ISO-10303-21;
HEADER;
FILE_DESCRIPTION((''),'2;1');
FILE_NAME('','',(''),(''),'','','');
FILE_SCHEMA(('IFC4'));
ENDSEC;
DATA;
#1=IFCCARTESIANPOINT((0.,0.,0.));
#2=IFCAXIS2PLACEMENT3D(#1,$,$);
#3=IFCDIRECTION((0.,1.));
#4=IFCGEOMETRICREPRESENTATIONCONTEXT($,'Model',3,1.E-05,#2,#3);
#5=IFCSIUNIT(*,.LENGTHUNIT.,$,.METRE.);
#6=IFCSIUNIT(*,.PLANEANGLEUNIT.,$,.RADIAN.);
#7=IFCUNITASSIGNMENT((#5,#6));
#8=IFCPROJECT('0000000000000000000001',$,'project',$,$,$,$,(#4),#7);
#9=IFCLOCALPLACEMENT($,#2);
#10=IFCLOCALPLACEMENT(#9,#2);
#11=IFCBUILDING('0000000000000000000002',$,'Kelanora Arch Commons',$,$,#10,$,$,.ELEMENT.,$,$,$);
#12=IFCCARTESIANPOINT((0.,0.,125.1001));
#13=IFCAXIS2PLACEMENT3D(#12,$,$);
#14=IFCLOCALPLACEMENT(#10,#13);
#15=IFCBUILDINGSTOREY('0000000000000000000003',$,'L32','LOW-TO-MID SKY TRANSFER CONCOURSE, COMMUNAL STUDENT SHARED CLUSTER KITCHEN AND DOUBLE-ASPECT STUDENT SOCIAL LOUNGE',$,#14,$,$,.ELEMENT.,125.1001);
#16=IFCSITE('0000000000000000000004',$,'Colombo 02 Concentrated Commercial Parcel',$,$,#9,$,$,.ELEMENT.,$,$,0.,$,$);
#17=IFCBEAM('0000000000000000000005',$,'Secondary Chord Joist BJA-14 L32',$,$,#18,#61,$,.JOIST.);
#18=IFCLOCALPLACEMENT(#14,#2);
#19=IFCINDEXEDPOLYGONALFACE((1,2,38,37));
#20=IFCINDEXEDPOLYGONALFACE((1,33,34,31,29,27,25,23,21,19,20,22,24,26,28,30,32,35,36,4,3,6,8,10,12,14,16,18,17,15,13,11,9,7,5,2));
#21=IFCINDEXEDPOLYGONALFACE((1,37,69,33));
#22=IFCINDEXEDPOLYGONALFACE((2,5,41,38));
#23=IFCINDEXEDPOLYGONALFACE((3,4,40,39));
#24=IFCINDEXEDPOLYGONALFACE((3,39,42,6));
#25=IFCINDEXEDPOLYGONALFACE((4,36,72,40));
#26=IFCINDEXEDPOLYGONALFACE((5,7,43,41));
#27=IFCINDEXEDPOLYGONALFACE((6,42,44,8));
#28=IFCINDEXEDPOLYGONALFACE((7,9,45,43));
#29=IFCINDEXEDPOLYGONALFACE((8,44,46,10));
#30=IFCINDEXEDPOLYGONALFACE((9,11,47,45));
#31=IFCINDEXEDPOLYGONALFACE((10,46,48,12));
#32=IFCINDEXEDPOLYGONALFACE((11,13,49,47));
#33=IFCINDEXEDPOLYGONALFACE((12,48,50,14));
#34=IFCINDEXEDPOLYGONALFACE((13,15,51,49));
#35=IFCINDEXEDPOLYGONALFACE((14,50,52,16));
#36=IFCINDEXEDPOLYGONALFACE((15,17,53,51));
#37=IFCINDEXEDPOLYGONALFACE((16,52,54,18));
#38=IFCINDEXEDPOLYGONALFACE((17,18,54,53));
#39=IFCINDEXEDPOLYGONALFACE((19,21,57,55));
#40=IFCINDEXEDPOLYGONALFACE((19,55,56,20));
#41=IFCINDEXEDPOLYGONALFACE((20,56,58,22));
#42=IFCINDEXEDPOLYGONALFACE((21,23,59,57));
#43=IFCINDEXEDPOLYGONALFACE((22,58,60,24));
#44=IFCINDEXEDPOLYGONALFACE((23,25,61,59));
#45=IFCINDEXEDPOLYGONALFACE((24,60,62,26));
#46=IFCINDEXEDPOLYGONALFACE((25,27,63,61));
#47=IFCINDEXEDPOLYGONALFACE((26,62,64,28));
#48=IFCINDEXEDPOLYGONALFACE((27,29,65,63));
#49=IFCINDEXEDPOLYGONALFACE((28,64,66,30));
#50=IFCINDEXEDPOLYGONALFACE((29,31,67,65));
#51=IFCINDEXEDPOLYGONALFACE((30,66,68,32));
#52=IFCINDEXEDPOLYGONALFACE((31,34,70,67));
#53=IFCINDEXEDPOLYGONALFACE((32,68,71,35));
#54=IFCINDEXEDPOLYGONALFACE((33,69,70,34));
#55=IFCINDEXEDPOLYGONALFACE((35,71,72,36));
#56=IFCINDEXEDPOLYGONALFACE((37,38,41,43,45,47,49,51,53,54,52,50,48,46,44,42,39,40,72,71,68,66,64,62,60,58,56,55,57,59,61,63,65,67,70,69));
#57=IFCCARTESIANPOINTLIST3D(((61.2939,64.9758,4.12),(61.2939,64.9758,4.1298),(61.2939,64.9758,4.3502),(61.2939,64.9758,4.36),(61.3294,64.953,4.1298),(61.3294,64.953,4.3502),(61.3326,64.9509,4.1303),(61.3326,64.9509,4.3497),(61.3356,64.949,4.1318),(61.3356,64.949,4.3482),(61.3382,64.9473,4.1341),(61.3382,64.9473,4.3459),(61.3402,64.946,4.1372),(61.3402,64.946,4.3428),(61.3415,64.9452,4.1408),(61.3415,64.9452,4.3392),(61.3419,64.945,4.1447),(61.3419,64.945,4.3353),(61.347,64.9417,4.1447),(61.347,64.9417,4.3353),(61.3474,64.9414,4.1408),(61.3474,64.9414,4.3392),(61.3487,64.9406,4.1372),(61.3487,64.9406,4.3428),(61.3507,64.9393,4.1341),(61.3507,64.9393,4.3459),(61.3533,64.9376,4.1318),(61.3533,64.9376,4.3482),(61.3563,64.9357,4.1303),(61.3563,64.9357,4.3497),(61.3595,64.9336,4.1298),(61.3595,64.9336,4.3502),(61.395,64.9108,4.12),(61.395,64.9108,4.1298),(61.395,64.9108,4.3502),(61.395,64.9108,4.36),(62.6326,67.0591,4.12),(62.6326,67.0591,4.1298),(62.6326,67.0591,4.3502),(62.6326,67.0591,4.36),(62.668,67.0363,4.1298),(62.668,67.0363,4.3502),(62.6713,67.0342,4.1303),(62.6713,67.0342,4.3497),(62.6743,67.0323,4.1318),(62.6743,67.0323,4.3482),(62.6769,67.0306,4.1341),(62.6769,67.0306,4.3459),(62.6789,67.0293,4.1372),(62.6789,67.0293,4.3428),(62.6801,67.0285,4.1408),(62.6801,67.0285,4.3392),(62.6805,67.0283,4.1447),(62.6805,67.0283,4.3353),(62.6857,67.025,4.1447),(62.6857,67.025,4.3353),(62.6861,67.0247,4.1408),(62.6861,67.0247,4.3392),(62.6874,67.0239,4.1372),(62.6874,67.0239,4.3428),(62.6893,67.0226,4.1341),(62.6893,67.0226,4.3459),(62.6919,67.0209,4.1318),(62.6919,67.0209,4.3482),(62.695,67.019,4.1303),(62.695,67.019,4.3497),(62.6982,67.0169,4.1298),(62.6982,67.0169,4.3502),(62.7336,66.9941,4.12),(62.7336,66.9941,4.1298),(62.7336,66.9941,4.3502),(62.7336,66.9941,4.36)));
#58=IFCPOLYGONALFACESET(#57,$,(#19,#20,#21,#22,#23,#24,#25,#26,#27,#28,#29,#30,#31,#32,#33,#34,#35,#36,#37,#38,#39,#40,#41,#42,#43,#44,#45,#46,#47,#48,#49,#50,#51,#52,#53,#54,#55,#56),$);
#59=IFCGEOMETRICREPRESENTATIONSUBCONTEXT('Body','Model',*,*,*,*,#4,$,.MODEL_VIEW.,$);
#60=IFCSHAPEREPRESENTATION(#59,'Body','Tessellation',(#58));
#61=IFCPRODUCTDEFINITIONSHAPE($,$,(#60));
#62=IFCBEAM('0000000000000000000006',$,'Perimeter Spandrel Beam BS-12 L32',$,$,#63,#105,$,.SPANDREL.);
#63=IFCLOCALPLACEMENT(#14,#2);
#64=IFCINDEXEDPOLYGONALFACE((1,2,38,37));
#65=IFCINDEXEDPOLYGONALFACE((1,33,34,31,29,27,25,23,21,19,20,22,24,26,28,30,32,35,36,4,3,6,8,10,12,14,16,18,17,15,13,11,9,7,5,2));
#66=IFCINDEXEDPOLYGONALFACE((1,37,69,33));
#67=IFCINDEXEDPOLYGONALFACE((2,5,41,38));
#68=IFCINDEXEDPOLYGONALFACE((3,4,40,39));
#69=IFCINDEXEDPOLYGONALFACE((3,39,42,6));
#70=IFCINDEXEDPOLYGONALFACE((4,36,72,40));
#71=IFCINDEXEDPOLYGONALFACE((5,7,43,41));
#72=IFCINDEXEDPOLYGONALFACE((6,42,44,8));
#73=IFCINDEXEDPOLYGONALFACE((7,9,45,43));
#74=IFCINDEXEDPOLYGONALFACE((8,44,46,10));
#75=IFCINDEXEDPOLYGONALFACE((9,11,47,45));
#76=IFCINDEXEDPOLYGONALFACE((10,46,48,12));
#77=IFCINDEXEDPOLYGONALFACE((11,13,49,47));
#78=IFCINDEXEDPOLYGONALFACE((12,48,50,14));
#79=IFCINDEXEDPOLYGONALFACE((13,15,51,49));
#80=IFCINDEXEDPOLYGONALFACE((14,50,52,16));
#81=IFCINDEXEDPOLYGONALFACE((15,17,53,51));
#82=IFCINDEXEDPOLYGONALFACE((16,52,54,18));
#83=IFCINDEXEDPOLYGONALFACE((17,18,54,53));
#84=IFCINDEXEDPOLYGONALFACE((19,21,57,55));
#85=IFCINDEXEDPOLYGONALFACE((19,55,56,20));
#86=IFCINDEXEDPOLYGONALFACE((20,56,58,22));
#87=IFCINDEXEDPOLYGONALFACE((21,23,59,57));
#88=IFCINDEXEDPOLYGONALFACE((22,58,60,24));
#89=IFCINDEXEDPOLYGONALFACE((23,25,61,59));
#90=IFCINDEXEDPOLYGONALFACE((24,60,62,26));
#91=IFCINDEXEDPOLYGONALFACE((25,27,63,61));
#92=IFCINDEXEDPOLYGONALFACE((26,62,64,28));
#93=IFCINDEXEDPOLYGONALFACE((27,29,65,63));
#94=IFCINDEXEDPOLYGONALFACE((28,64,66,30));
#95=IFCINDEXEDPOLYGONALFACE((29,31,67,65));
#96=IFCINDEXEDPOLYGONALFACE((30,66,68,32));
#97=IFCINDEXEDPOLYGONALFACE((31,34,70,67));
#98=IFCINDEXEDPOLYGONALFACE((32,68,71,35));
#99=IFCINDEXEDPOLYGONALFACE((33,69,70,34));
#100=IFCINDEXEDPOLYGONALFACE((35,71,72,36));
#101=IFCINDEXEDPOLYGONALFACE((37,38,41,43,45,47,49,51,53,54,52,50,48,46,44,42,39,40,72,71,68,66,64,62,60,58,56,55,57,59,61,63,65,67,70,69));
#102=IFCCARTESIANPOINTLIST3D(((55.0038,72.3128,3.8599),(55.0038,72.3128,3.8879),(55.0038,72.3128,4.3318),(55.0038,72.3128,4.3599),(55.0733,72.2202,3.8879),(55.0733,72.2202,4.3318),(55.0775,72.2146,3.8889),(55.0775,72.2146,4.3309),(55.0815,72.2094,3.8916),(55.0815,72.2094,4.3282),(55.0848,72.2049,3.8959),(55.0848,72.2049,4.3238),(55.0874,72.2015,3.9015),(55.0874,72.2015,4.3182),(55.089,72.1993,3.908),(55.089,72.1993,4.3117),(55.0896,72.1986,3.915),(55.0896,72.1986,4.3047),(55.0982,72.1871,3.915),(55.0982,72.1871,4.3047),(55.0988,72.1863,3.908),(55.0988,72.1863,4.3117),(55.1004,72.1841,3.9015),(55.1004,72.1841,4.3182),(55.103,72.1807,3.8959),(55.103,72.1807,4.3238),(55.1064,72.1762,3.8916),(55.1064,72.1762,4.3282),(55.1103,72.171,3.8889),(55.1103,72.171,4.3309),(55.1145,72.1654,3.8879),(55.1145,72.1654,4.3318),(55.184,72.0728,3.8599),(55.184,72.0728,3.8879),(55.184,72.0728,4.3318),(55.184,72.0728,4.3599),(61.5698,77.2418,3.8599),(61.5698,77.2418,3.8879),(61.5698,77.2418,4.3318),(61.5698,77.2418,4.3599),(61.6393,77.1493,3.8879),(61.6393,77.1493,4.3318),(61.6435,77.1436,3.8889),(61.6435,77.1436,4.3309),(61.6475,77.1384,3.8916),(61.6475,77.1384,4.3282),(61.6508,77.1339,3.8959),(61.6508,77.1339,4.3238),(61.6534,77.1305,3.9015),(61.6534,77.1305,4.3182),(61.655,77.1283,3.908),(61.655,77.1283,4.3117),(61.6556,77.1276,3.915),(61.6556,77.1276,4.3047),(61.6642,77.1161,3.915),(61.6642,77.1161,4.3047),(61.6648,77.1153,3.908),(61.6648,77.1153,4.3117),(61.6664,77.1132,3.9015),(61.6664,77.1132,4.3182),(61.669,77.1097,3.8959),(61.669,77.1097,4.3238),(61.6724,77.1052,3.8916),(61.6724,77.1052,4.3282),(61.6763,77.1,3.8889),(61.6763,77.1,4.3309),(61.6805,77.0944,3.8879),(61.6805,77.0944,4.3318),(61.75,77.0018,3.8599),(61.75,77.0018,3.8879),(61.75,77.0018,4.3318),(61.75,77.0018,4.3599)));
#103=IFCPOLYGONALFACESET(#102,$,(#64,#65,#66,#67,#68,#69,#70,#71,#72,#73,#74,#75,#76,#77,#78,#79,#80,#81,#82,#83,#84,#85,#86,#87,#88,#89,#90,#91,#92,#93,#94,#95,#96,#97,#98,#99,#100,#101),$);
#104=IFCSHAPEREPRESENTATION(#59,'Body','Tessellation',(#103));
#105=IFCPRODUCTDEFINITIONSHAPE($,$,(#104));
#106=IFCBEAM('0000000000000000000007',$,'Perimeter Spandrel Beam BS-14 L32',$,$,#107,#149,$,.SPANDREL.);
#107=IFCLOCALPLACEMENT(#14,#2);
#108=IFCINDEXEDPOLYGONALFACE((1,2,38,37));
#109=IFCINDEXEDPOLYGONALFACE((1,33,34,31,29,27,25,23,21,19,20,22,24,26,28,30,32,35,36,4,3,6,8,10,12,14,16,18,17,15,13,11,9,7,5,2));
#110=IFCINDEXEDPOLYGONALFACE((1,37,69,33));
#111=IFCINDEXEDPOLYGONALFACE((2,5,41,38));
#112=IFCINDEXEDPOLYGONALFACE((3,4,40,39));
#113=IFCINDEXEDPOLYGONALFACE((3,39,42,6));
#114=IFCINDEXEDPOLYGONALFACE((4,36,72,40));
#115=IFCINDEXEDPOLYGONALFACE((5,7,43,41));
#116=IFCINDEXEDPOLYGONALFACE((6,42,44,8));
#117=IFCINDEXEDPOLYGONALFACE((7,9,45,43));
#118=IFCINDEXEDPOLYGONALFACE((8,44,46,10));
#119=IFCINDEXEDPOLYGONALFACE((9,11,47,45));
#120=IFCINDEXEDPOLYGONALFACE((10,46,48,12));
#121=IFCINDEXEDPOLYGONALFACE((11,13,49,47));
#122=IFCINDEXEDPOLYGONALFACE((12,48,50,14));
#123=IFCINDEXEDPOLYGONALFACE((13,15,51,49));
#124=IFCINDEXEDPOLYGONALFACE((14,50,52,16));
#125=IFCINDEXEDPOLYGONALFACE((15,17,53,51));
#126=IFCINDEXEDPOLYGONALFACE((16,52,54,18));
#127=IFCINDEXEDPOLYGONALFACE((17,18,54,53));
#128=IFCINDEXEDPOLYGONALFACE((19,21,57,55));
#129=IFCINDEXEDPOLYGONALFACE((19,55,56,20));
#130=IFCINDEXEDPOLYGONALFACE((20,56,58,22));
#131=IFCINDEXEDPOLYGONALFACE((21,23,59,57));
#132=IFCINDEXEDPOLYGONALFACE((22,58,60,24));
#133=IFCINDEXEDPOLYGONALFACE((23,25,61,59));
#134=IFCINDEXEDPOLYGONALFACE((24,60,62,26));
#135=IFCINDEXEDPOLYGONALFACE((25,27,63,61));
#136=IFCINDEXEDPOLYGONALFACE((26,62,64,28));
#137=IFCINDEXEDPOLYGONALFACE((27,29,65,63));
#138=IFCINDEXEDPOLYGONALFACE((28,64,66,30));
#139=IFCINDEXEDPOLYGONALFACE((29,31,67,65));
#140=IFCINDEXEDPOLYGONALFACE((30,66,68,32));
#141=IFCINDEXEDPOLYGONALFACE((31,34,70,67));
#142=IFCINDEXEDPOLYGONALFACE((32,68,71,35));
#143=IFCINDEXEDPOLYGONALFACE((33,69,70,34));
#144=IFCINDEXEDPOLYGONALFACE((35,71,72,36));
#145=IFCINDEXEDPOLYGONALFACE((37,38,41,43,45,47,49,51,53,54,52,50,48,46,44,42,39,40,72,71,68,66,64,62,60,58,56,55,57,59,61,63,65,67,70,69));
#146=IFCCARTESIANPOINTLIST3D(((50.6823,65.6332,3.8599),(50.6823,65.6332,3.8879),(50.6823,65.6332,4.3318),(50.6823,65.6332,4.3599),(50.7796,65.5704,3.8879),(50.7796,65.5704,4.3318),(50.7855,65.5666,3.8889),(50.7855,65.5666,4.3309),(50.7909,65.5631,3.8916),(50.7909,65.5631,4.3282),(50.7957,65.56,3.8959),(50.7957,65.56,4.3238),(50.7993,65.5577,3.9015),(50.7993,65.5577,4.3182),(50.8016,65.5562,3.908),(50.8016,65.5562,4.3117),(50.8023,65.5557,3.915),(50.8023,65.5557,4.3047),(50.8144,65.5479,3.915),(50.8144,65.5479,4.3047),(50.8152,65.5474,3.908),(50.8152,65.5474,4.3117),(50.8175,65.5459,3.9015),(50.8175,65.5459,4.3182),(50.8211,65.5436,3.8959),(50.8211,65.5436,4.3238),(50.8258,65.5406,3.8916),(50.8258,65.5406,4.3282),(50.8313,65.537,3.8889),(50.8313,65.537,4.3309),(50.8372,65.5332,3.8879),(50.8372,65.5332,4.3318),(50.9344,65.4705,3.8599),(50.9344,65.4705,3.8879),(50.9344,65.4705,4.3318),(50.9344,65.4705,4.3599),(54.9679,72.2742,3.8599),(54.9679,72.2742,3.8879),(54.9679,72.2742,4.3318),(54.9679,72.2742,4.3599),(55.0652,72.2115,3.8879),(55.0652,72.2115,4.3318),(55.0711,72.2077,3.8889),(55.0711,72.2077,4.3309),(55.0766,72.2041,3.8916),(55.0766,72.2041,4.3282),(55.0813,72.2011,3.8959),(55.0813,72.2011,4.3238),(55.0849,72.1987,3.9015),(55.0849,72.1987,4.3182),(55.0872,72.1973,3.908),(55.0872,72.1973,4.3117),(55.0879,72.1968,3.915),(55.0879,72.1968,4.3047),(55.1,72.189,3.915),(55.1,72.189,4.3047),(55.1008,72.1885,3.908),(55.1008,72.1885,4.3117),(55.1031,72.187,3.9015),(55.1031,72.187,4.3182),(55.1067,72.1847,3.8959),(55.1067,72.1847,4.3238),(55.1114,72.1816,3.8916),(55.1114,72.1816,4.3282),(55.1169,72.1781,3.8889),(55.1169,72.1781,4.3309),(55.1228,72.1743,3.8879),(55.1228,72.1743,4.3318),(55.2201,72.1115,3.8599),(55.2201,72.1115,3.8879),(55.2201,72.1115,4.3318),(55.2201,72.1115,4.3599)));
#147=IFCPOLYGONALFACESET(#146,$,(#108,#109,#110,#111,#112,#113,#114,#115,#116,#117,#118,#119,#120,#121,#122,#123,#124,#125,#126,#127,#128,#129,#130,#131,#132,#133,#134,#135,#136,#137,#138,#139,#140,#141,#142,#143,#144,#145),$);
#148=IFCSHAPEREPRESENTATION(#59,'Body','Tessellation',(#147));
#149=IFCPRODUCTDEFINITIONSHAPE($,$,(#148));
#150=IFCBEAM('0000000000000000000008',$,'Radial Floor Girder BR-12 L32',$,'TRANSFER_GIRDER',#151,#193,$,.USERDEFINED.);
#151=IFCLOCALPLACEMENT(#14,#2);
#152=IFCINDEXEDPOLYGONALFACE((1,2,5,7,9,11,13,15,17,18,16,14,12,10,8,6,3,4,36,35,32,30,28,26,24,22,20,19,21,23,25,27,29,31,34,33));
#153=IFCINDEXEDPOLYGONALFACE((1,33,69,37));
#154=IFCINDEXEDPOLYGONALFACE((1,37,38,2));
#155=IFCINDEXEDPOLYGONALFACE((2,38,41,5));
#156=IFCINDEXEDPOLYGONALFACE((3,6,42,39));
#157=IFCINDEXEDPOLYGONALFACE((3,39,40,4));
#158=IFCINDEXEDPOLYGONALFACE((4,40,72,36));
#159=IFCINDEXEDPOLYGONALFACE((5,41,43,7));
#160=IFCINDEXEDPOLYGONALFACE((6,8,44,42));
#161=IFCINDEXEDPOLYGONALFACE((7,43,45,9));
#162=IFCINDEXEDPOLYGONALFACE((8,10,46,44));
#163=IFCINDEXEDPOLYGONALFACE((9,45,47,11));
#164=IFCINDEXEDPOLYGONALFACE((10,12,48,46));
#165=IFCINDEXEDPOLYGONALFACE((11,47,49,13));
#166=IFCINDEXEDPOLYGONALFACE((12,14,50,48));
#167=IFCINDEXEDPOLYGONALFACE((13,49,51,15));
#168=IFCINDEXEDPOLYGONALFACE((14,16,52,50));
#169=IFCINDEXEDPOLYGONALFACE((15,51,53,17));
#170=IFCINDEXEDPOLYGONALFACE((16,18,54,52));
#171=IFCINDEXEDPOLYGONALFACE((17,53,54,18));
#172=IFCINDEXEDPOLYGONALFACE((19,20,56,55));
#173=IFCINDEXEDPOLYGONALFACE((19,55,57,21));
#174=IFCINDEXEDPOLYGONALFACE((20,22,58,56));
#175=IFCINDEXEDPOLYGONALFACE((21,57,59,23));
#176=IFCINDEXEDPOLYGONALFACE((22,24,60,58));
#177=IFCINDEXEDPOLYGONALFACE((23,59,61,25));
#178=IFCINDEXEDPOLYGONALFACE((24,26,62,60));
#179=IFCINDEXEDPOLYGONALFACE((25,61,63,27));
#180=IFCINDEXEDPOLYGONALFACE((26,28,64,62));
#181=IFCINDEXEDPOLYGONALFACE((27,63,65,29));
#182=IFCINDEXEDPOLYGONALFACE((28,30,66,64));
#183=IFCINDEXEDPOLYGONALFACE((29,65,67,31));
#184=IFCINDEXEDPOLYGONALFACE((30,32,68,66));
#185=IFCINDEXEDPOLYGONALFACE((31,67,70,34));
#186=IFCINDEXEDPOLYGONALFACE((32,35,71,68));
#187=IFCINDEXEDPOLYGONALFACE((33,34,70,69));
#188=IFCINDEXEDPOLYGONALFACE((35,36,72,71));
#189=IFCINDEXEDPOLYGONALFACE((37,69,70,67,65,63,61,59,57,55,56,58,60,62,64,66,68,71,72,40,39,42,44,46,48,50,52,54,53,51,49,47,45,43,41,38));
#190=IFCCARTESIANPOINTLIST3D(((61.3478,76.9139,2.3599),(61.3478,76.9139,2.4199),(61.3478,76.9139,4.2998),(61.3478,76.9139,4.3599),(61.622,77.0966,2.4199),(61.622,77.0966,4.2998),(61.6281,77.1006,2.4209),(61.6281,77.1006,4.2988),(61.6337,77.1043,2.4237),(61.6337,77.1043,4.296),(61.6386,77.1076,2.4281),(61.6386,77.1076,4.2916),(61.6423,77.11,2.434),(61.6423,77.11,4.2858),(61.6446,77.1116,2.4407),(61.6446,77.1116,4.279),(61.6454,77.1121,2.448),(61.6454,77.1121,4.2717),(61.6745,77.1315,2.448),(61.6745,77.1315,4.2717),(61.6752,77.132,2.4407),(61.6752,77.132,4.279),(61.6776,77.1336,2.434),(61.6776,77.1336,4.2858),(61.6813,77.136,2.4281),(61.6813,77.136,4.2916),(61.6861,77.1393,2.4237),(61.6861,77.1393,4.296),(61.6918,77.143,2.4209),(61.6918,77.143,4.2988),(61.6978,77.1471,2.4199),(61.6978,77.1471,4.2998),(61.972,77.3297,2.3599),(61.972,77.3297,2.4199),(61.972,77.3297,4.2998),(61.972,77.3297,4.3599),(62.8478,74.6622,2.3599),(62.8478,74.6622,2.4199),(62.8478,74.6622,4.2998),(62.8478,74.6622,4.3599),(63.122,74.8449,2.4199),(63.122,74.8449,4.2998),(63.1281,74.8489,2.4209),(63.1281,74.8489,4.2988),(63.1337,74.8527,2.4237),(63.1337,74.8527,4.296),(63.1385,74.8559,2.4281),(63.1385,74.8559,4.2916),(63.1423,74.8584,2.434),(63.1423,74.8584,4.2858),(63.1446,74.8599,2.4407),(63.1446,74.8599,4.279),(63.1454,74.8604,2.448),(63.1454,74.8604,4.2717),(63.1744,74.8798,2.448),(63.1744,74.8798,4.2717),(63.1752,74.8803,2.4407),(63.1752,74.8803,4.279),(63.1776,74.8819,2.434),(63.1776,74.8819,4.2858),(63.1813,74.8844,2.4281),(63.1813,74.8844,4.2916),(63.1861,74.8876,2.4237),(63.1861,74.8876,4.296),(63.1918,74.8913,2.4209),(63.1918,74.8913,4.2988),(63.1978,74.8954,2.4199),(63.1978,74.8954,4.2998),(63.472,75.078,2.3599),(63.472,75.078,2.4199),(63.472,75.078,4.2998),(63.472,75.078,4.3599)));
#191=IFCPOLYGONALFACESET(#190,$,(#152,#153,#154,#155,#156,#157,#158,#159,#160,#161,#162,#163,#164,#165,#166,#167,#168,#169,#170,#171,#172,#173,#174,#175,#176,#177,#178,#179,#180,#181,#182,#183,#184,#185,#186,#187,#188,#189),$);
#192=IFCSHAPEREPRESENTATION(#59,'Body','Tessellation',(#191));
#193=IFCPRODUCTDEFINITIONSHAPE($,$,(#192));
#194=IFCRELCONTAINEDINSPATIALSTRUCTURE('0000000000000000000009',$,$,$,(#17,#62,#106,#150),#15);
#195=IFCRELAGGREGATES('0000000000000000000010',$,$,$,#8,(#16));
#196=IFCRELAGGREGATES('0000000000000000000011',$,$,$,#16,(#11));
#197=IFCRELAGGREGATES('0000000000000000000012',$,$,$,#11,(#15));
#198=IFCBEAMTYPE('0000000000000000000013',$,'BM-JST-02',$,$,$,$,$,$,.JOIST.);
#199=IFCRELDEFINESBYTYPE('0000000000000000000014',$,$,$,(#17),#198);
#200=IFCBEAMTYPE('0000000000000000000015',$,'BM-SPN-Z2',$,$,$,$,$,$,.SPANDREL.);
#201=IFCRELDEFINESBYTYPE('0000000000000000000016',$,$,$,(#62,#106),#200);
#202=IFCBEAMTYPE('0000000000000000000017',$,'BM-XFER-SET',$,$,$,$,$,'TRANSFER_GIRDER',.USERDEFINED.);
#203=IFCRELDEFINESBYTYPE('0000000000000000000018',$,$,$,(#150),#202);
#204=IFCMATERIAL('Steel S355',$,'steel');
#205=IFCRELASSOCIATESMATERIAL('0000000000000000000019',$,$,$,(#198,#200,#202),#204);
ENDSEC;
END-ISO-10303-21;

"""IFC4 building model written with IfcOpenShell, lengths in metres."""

from ifc_helpers import new_model, si_unit, direction, frame, origin, origin_2d, place, context, subcontext, project, spatial, i_section, extrude, material, material_profile, profile_set, type_object, element, save


model = new_model("IFC4")

# Units and contexts
model_context = context("Model", 3, precision=1e-05, world=origin(), true_north=direction((0.0, 1.0)))
body_context = subcontext(model_context, "Body", "Model", "MODEL_VIEW")
ifc_project = project(units=[si_unit("LENGTHUNIT", "METRE"), si_unit("PLANEANGLEUNIT", "RADIAN")], contexts=[model_context])

# Site, building, storey
site_placement = place(None, origin())
site = spatial("IfcSite", under=ifc_project, at=site_placement, Name="Colombo 02 Concentrated Commercial Parcel", CompositionType="ELEMENT", RefElevation=0.0)
building_placement = place(site_placement, origin())
building = spatial("IfcBuilding", under=site, at=building_placement, Name="Kelanora Arch Commons", CompositionType="ELEMENT")
storey_placement = place(building_placement, frame((0.0, 0.0, 125.1001)))
storey = spatial("IfcBuildingStorey", under=building, at=storey_placement, Name="L32", Description="LOW-TO-MID SKY TRANSFER CONCOURSE, COMMUNAL STUDENT SHARED CLUSTER KITCHEN AND DOUBLE-ASPECT STUDENT SOCIAL LOUNGE", CompositionType="ELEMENT", Elevation=125.1001)

# Beams
ifc_material_1 = material(Name="Steel S355", Category="steel")
ifc_material_profile_1 = material_profile(ifc_material_1, i_section(OverallWidth=0.1201, OverallDepth=0.24, WebThickness=0.0061, FlangeThickness=0.0098, FilletRadius=0.0149, at=origin_2d()), Name="IPE240")
ifc_profile_set_1 = profile_set([ifc_material_profile_1], Name="Steel S355")
beam_type_1 = type_object("IfcBeamType", Name="BM-JST-02", PredefinedType="JOIST", material=ifc_profile_set_1)
beam_1_placement = place(storey_placement, frame((62.6831, 67.0266, 4.24), z_axis=(-0.540583, -0.841291, 0.0), x_axis=(0.841291, -0.540583, 0.0)))
element("IfcBeam", 1, at=beam_1_placement, inside=storey, type_object=beam_type_1, Name="Secondary Chord Joist BJA-14 L32", PredefinedType="JOIST", context=body_context, shape_type="SweptSolid", body=[
    extrude(i_section(OverallWidth=0.1201, OverallDepth=0.24, WebThickness=0.0061, FlangeThickness=0.0098, FilletRadius=0.0149, at=origin_2d()), origin(), (0.0, 0.0, 1.0), 2.4763),
])
ifc_material_profile_2 = material_profile(ifc_material_1, i_section(OverallWidth=0.3, OverallDepth=0.5, WebThickness=0.0144, FlangeThickness=0.0281, FilletRadius=0.0271, at=origin_2d()), Name="HEB500")
ifc_profile_set_2 = profile_set([ifc_material_profile_2], Name="Steel S355")
beam_type_2 = type_object("IfcBeamType", Name="BM-SPN-Z2", PredefinedType="SPANDREL", material=ifc_profile_set_2)
beam_2_placement = place(storey_placement, frame((61.6599, 77.1218, 4.1099), z_axis=(-0.799736, -0.600352, 0.0), x_axis=(0.600352, -0.799736, 0.0)))
element("IfcBeam", 2, at=beam_2_placement, inside=storey, type_object=beam_type_2, Name="Perimeter Spandrel Beam BS-12 L32", PredefinedType="SPANDREL", context=body_context, shape_type="SweptSolid", body=[
    extrude(i_section(OverallWidth=0.3, OverallDepth=0.5, WebThickness=0.0144, FlangeThickness=0.0281, FilletRadius=0.0271, at=origin_2d()), origin(), (0.0, 0.0, 1.0), 8.2102),
])
beam_3_placement = place(storey_placement, frame((55.094, 72.1929, 4.1099), z_axis=(-0.542221, -0.840236, 0.0), x_axis=(0.840236, -0.542221, 0.0)))
element("IfcBeam", 3, at=beam_3_placement, inside=storey, type_object=beam_type_2, Name="Perimeter Spandrel Beam BS-14 L32", PredefinedType="SPANDREL", context=body_context, shape_type="SweptSolid", body=[
    extrude(i_section(OverallWidth=0.3, OverallDepth=0.5, WebThickness=0.0144, FlangeThickness=0.0281, FilletRadius=0.0271, at=origin_2d()), origin(), (0.0, 0.0, 1.0), 7.9038),
])
ifc_material_profile_3 = material_profile(ifc_material_1, i_section(OverallWidth=0.75, OverallDepth=2.0, WebThickness=0.0349, FlangeThickness=0.0601, FilletRadius=0.0281, at=origin_2d()), Name="PG2000x750")
ifc_profile_set_3 = profile_set([ifc_material_profile_3], Name="Steel S355")
beam_type_3 = type_object("IfcBeamType", Name="BM-XFER-SET", ElementType="TRANSFER_GIRDER", PredefinedType="USERDEFINED", material=ifc_profile_set_3)
beam_4_placement = place(storey_placement, frame((63.1599, 74.8701, 3.3599), z_axis=(-0.554409, 0.832245, 0.0), x_axis=(-0.832245, -0.554409, 0.0)))
element("IfcBeam", 4, at=beam_4_placement, inside=storey, type_object=beam_type_3, Name="Radial Floor Girder BR-12 L32", ObjectType="TRANSFER_GIRDER", PredefinedType="USERDEFINED", context=body_context, shape_type="SweptSolid", body=[
    extrude(i_section(OverallWidth=0.75, OverallDepth=2.0, WebThickness=0.0349, FlangeThickness=0.0601, FilletRadius=0.0281, at=origin_2d()), origin(), (0.0, 0.0, 1.0), 2.7056),
])

save(model, "model.ifc")
